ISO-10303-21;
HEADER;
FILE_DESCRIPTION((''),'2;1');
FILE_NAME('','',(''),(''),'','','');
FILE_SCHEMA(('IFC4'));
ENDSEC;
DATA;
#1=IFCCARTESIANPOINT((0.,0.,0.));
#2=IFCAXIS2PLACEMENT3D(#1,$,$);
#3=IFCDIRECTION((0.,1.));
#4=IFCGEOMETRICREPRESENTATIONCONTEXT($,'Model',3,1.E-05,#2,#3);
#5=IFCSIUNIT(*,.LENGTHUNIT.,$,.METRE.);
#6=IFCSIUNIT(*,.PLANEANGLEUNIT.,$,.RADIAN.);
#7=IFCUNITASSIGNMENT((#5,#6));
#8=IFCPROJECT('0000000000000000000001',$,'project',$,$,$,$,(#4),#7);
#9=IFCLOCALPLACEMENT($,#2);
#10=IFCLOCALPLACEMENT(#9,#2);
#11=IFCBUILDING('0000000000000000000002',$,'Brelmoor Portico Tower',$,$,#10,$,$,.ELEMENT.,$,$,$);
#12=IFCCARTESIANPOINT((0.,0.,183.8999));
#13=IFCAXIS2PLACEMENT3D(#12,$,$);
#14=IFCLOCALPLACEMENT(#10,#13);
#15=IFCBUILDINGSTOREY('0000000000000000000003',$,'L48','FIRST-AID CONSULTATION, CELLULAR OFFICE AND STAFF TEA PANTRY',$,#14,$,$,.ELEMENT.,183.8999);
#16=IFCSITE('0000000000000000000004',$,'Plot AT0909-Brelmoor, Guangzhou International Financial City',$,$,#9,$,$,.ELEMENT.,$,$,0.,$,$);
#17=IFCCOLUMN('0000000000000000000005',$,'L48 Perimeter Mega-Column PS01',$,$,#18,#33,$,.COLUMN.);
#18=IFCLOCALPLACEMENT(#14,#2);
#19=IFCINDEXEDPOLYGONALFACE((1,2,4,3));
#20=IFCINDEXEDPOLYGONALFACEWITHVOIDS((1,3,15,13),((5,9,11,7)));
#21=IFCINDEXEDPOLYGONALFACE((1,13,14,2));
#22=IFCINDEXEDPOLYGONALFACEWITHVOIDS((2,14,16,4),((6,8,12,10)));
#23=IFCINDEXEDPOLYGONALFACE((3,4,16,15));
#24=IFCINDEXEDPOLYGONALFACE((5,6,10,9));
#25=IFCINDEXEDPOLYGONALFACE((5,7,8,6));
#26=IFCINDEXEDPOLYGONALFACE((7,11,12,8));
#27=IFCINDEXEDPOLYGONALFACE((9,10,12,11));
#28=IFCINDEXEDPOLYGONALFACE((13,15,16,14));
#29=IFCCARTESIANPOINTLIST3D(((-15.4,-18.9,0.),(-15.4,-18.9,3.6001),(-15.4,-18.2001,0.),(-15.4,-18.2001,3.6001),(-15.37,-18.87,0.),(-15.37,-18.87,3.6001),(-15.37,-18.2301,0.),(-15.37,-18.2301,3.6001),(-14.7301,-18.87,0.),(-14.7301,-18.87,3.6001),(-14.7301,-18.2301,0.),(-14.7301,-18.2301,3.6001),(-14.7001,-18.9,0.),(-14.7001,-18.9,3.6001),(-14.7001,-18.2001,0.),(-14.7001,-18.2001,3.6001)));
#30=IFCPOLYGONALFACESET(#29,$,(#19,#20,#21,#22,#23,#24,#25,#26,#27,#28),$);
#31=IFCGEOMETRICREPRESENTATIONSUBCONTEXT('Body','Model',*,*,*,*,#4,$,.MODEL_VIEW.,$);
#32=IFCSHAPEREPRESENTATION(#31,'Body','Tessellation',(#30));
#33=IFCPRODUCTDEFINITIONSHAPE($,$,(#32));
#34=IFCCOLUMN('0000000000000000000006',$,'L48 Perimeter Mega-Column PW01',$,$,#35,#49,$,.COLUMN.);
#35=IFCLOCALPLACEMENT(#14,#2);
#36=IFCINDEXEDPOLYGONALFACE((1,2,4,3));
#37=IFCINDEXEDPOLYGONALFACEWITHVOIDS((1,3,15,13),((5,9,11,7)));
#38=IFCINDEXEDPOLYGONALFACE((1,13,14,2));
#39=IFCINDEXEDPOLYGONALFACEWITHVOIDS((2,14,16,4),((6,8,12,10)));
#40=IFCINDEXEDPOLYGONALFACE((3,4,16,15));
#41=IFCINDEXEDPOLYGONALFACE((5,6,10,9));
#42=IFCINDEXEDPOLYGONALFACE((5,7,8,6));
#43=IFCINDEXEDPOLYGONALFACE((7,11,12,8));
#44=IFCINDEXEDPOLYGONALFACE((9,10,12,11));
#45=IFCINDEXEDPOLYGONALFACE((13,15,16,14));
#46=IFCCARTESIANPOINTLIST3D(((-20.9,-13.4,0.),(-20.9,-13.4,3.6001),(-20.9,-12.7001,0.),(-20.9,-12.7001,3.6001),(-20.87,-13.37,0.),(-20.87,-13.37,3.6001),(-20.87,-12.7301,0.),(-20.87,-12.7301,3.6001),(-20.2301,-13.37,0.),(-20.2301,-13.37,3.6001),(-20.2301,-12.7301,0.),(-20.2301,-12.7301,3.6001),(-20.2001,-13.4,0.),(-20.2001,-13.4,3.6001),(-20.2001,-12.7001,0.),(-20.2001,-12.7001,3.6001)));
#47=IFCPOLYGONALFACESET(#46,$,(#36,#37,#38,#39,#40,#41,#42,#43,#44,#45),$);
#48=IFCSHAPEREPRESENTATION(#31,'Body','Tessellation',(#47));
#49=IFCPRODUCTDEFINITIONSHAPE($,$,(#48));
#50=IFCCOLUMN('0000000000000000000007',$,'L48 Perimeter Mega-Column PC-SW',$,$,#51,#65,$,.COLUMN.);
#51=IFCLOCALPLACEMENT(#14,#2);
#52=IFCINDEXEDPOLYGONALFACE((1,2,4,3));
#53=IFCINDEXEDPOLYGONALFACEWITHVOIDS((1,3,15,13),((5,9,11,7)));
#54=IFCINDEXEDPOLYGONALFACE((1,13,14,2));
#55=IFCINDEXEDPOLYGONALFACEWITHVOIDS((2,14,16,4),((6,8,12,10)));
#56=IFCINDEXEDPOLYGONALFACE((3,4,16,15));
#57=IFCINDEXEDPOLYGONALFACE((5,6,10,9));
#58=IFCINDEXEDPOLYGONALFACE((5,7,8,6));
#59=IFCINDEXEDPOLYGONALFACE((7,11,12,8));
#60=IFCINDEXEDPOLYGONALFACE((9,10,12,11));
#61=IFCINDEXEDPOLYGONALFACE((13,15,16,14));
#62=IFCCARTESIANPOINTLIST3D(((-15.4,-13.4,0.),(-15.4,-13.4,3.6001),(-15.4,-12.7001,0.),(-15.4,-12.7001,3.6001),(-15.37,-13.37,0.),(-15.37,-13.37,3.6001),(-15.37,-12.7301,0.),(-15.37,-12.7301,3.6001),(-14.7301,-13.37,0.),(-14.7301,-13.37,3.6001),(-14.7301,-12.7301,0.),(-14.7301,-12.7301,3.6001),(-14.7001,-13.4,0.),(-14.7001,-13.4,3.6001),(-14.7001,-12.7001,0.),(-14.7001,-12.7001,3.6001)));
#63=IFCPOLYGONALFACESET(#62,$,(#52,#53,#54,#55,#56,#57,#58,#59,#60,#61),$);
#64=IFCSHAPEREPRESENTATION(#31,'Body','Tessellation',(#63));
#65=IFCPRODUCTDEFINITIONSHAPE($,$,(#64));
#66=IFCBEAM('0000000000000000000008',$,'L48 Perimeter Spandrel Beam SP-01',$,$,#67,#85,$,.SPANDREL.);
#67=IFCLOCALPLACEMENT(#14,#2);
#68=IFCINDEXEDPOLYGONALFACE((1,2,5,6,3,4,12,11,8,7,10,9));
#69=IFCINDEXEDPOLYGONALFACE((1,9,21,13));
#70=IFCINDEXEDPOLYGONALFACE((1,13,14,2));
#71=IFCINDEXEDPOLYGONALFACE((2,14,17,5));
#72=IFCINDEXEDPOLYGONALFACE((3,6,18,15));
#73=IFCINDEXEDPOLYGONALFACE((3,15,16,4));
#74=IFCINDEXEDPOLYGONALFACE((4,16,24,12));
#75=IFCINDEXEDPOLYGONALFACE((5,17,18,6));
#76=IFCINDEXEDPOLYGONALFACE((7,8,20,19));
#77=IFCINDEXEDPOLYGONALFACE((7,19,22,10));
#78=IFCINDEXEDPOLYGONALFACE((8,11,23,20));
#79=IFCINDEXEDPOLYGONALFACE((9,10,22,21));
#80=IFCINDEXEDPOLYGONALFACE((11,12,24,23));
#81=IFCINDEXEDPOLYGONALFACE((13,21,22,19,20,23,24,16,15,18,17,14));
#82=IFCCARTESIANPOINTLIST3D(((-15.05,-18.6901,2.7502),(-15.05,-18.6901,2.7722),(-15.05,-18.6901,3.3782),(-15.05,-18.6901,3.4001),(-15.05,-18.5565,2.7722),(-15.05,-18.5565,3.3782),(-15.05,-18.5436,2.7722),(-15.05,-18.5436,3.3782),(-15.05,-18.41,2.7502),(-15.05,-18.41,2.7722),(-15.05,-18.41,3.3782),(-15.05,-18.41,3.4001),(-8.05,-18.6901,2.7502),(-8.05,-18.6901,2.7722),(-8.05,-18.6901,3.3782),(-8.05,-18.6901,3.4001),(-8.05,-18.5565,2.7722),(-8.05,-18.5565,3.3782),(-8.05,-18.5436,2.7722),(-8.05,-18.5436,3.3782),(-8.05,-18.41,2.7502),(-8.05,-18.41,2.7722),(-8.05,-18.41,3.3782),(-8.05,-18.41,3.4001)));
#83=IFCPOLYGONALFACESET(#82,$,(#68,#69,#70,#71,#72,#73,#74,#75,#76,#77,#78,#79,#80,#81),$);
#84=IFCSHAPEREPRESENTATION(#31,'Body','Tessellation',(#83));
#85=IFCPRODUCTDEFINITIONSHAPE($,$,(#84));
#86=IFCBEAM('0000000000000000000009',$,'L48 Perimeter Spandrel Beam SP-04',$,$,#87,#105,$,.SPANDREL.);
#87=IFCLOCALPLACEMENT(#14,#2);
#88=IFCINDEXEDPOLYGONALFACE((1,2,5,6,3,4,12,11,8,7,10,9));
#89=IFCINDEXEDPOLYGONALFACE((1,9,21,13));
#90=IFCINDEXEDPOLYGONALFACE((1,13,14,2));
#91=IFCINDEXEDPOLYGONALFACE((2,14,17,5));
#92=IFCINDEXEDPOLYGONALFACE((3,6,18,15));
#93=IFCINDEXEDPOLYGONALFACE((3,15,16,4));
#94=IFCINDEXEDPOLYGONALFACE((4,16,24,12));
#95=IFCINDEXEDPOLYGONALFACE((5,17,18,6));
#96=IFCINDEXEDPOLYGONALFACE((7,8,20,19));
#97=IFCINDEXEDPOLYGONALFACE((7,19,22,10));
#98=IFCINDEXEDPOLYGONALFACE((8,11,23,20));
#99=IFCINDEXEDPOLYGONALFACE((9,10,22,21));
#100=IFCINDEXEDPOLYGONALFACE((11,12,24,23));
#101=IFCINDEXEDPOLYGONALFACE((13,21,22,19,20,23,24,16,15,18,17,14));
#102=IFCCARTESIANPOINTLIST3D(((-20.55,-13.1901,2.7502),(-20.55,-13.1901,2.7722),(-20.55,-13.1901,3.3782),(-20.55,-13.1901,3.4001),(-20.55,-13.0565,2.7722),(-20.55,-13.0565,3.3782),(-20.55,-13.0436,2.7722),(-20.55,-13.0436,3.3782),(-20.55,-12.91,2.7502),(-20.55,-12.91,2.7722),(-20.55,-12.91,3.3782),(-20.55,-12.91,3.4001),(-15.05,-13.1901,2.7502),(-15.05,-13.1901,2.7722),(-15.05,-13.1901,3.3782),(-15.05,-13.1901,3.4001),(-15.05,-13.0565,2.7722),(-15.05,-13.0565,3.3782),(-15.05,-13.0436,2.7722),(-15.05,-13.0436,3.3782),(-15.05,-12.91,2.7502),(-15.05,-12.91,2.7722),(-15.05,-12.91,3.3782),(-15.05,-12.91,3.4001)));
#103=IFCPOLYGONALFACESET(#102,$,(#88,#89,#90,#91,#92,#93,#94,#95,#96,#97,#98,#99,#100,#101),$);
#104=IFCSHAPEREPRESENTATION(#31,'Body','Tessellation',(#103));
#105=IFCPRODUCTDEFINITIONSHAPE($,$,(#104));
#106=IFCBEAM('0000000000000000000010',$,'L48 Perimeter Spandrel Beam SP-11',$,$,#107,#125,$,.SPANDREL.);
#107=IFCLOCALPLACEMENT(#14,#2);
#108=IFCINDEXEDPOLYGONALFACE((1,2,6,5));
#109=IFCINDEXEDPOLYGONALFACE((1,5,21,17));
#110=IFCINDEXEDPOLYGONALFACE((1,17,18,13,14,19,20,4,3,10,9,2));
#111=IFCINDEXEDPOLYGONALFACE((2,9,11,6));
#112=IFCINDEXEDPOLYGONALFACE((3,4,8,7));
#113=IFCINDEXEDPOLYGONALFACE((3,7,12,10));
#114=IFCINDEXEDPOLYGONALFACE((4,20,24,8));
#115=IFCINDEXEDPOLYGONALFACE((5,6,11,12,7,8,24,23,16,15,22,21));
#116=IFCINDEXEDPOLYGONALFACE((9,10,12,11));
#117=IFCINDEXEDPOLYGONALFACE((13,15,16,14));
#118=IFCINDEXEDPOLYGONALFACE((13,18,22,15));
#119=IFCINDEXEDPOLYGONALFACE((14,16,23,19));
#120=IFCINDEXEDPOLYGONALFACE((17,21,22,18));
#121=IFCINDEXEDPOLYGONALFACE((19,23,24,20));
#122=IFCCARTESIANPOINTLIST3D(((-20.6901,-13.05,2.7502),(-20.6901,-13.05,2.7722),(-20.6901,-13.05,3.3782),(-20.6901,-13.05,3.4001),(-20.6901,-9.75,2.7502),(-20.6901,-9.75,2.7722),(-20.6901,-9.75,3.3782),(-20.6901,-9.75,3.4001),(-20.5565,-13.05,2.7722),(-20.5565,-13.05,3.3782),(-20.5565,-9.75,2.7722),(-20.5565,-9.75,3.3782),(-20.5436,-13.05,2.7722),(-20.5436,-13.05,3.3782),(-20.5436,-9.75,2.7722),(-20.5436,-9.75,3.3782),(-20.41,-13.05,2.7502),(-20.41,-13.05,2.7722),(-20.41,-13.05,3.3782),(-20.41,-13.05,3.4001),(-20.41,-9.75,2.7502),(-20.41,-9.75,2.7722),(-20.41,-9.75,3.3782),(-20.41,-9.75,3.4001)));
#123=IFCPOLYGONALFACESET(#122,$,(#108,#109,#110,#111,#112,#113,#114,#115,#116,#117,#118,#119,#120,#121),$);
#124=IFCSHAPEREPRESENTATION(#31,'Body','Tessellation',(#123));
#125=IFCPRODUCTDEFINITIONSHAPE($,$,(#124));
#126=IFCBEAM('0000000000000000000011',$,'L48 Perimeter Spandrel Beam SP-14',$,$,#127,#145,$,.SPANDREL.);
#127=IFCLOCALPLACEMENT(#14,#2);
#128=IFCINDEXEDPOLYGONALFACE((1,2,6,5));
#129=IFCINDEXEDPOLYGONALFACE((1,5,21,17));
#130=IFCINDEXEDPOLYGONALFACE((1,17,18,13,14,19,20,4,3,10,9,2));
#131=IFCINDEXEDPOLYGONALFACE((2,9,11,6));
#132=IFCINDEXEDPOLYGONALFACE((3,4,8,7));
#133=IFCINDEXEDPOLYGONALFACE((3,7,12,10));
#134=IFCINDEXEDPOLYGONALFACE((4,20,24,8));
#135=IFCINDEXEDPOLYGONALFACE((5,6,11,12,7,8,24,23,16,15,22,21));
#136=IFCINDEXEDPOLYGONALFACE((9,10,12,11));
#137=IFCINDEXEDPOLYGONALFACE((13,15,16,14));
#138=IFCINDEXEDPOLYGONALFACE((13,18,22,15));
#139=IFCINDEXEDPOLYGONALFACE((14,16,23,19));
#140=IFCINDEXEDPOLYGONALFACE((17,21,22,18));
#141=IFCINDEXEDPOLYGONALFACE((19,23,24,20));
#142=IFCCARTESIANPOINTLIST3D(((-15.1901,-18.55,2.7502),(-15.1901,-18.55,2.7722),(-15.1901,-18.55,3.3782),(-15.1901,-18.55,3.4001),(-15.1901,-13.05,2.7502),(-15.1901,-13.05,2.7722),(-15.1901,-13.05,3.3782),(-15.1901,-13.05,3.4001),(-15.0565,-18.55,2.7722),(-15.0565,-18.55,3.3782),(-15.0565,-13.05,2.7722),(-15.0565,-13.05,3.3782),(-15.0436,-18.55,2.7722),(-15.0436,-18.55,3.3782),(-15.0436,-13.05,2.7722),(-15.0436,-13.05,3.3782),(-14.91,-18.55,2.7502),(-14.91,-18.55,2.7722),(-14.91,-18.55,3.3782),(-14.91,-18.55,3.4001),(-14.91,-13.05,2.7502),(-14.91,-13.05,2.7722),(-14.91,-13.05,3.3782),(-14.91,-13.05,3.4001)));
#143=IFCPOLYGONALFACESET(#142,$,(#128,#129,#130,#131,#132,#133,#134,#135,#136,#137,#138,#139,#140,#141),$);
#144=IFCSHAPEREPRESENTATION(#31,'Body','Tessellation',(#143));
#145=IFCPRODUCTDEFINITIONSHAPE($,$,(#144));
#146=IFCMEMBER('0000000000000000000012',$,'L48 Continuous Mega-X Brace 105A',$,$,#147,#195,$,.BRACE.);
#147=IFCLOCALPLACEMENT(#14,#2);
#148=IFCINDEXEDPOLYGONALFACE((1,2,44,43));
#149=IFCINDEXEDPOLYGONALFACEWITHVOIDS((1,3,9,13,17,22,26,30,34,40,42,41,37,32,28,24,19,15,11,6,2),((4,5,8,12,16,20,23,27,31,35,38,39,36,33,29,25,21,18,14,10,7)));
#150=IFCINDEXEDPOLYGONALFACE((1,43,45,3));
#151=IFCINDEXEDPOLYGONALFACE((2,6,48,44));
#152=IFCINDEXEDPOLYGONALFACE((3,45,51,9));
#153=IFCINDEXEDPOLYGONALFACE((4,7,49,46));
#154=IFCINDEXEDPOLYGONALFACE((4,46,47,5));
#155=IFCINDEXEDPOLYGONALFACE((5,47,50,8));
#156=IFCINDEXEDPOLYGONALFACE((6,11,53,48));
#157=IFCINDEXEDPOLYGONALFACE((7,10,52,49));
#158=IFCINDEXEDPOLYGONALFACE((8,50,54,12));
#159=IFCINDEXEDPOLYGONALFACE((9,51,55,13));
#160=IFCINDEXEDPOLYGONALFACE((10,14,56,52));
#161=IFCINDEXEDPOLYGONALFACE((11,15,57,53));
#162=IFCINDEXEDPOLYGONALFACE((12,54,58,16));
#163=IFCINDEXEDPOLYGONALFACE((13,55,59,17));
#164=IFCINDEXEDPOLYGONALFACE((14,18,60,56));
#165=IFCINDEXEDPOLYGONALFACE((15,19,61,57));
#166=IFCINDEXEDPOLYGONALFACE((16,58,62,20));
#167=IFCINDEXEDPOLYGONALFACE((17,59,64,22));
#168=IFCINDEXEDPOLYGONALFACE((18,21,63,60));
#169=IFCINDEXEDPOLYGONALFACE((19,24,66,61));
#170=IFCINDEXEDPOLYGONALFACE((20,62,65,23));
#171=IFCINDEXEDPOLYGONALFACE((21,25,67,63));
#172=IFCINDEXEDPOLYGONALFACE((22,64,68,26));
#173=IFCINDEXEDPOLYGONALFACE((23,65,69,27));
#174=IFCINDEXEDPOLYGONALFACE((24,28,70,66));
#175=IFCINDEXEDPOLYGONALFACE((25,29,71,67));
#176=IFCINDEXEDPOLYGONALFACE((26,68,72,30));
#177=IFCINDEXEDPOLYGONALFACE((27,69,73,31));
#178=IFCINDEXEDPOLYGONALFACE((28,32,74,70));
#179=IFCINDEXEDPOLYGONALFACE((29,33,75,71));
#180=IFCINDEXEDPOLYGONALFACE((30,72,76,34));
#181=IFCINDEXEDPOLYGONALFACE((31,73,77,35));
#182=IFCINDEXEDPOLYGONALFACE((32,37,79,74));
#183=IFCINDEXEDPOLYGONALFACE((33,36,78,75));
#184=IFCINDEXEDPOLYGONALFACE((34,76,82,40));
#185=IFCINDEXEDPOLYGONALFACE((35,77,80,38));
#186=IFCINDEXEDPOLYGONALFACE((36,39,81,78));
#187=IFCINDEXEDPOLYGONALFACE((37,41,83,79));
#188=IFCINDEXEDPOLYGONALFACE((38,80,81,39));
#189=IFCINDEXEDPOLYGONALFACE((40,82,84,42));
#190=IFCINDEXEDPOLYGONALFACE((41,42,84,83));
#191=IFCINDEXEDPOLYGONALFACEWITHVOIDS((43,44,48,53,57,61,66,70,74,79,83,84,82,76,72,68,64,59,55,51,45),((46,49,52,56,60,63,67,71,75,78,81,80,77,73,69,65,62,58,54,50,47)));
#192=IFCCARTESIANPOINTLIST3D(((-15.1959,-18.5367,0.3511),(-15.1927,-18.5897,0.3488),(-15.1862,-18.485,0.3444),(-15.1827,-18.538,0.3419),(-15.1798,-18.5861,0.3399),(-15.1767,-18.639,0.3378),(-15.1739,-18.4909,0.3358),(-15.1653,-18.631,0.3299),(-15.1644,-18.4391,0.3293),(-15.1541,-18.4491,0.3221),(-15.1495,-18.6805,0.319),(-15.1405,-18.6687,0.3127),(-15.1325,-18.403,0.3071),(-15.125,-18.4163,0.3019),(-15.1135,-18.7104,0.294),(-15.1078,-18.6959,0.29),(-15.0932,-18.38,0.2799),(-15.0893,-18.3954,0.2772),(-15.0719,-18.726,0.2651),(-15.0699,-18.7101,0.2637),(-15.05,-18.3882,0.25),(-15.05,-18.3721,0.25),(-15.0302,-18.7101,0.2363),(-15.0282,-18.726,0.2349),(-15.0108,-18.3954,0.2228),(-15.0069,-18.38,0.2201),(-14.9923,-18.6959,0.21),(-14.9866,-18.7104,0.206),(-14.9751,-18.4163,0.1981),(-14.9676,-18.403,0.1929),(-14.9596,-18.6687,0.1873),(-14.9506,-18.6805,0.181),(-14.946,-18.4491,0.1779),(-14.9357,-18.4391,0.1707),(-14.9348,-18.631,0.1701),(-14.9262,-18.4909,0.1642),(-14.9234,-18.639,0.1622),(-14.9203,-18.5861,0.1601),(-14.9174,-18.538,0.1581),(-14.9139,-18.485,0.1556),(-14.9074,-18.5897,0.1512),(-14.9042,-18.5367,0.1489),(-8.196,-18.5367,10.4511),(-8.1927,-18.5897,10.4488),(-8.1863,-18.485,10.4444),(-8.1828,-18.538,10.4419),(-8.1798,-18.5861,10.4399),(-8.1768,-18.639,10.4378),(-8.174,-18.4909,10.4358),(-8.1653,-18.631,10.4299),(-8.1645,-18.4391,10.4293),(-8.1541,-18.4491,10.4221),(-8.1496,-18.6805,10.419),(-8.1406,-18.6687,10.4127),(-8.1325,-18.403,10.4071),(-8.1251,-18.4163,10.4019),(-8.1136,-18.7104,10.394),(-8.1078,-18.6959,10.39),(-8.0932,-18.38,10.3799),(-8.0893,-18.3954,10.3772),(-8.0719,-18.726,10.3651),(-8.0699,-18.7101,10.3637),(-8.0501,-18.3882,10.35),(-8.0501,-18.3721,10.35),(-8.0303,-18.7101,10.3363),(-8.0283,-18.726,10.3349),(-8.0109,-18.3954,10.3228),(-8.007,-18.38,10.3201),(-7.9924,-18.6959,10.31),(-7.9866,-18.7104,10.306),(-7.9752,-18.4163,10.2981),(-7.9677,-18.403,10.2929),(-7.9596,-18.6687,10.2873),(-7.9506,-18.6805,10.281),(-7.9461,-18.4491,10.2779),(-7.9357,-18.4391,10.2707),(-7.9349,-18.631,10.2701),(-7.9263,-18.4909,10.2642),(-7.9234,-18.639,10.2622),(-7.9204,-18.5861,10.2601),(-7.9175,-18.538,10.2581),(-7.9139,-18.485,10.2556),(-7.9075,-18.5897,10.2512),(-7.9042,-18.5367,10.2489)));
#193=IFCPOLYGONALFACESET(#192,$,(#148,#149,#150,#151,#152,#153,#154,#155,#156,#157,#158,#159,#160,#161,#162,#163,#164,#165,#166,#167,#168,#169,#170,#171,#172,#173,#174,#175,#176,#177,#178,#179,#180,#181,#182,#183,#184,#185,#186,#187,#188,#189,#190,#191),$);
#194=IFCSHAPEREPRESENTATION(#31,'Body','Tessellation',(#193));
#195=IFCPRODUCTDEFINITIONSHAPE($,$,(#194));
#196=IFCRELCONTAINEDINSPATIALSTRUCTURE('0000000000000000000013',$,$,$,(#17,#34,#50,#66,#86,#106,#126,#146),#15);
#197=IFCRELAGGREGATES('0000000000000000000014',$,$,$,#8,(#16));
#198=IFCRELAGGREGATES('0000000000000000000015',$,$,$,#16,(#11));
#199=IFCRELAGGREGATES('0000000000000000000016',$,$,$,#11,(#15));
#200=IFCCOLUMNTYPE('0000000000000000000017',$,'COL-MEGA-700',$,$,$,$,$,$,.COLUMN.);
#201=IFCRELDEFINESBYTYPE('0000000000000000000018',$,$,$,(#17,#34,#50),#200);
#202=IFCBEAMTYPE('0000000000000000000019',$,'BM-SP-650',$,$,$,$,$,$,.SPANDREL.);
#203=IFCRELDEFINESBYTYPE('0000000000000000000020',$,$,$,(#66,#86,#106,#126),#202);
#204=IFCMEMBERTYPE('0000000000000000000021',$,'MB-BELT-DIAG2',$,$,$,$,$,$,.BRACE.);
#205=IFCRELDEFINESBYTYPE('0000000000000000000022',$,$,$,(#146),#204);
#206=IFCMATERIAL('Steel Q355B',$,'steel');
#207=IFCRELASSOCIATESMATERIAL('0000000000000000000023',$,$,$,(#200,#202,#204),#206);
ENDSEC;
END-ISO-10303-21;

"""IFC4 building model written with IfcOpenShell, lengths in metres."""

from ifc_helpers import new_model, si_unit, direction, frame, origin, origin_2d, place, context, subcontext, project, spatial, hollow_rectangle, hollow_circle, i_section, extrude, material, material_profile, profile_set, type_object, element, save


model = new_model("IFC4")

# Units and contexts
model_context = context("Model", 3, precision=1e-05, world=origin(), true_north=direction((0.0, 1.0)))
body_context = subcontext(model_context, "Body", "Model", "MODEL_VIEW")
ifc_project = project(units=[si_unit("LENGTHUNIT", "METRE"), si_unit("PLANEANGLEUNIT", "RADIAN")], contexts=[model_context])

# Site, building, storey
site_placement = place(None, origin())
site = spatial("IfcSite", under=ifc_project, at=site_placement, Name="Plot AT0909-Brelmoor, Guangzhou International Financial City", CompositionType="ELEMENT", RefElevation=0.0)
building_placement = place(site_placement, origin())
building = spatial("IfcBuilding", under=site, at=building_placement, Name="Brelmoor Portico Tower", CompositionType="ELEMENT")
storey_placement = place(building_placement, frame((0.0, 0.0, 183.8999)))
storey = spatial("IfcBuildingStorey", under=building, at=storey_placement, Name="L48", Description="FIRST-AID CONSULTATION, CELLULAR OFFICE AND STAFF TEA PANTRY", CompositionType="ELEMENT", Elevation=183.8999)

# Columns
ifc_material_1 = material(Name="Steel Q355B", Category="steel")
ifc_material_profile_1 = material_profile(ifc_material_1, hollow_rectangle(XDim=0.7, YDim=0.7, WallThickness=0.03, at=origin_2d()), Name="BOX 700x700x30")
ifc_profile_set_1 = profile_set([ifc_material_profile_1], Name="Steel Q355B")
column_type = type_object("IfcColumnType", Name="COL-MEGA-700", PredefinedType="COLUMN", material=ifc_profile_set_1)
for number, where, z_axis, x_axis, name in (
    (1, (-15.05, -18.55, 0.0), (0.0, 0.0, 1.0), (1.0, 0.0, 0.0), "L48 Perimeter Mega-Column PS01"),
    (2, (-20.55, -13.05, 0.0), (0.0, 0.0, 1.0), (0.0, 1.0, 0.0), "L48 Perimeter Mega-Column PW01"),
    (3, (-15.05, -13.05, 0.0), (0.0, 0.0, 1.0), (1.0, 0.0, 0.0), "L48 Perimeter Mega-Column PC-SW"),
):
    element("IfcColumn", number, at=place(storey_placement, frame(where, z_axis=z_axis, x_axis=x_axis)), inside=storey, type_object=column_type, Name=name, PredefinedType="COLUMN", context=body_context, shape_type="SweptSolid", body=[
        extrude(hollow_rectangle(XDim=0.7, YDim=0.7, WallThickness=0.03, at=origin_2d()), origin(), (0.0, 0.0, 1.0), 3.6001),
    ])

# Beams
ifc_material_profile_2 = material_profile(ifc_material_1, i_section(OverallWidth=0.28, OverallDepth=0.6499, WebThickness=0.0129, FlangeThickness=0.022, at=origin_2d()), Name="HN 650x280x13x22")
ifc_profile_set_2 = profile_set([ifc_material_profile_2], Name="Steel Q355B")
beam_type = type_object("IfcBeamType", Name="BM-SP-650", PredefinedType="SPANDREL", material=ifc_profile_set_2)
beam_1_placement = place(storey_placement, frame((-15.05, -18.55, 3.0752), z_axis=(1.0, 0.0, 0.0), x_axis=(0.0, 1.0, 0.0)))
element("IfcBeam", 4, at=beam_1_placement, inside=storey, type_object=beam_type, Name="L48 Perimeter Spandrel Beam SP-01", PredefinedType="SPANDREL", context=body_context, shape_type="SweptSolid", body=[
    extrude(i_section(OverallWidth=0.28, OverallDepth=0.6499, WebThickness=0.0129, FlangeThickness=0.022, at=origin_2d()), origin(), (0.0, 0.0, 1.0), 7.0),
])
beam_2_placement = place(storey_placement, frame((-20.55, -13.05, 3.0752), z_axis=(1.0, 0.0, 0.0), x_axis=(0.0, 1.0, 0.0)))
element("IfcBeam", 5, at=beam_2_placement, inside=storey, type_object=beam_type, Name="L48 Perimeter Spandrel Beam SP-04", PredefinedType="SPANDREL", context=body_context, shape_type="SweptSolid", body=[
    extrude(i_section(OverallWidth=0.28, OverallDepth=0.6499, WebThickness=0.0129, FlangeThickness=0.022, at=origin_2d()), origin(), (0.0, 0.0, 1.0), 5.5),
])
beam_3_placement = place(storey_placement, frame((-20.55, -13.05, 3.0752), z_axis=(0.0, 1.0, 0.0), x_axis=(-1.0, 0.0, 0.0)))
element("IfcBeam", 6, at=beam_3_placement, inside=storey, type_object=beam_type, Name="L48 Perimeter Spandrel Beam SP-11", PredefinedType="SPANDREL", context=body_context, shape_type="SweptSolid", body=[
    extrude(i_section(OverallWidth=0.28, OverallDepth=0.6499, WebThickness=0.0129, FlangeThickness=0.022, at=origin_2d()), origin(), (0.0, 0.0, 1.0), 3.3),
])
beam_4_placement = place(storey_placement, frame((-15.05, -18.55, 3.0752), z_axis=(0.0, 1.0, 0.0), x_axis=(-1.0, 0.0, 0.0)))
element("IfcBeam", 7, at=beam_4_placement, inside=storey, type_object=beam_type, Name="L48 Perimeter Spandrel Beam SP-14", PredefinedType="SPANDREL", context=body_context, shape_type="SweptSolid", body=[
    extrude(i_section(OverallWidth=0.28, OverallDepth=0.6499, WebThickness=0.0129, FlangeThickness=0.022, at=origin_2d()), origin(), (0.0, 0.0, 1.0), 5.5),
])

# Member
ifc_material_profile_3 = material_profile(ifc_material_1, hollow_circle(Radius=0.178, WallThickness=0.0161, at=origin_2d()), Name="CHS 356x16")
ifc_profile_set_3 = profile_set([ifc_material_profile_3], Name="Steel Q355B")
member_type_1 = type_object("IfcMemberType", Name="MB-BELT-DIAG2", PredefinedType="BRACE", material=ifc_profile_set_3)
member_1_placement = place(storey_placement, frame((-15.05, -18.55, 0.25), z_axis=(0.569629, 0.0, 0.821902), x_axis=(0.0, 1.0, 0.0)))
element("IfcMember", 8, at=member_1_placement, inside=storey, type_object=member_type_1, Name="L48 Continuous Mega-X Brace 105A", PredefinedType="BRACE", context=body_context, shape_type="SweptSolid", body=[
    extrude(hollow_circle(Radius=0.178, WallThickness=0.0161, at=origin_2d()), origin(), (0.0, 0.0, 1.0), 12.2886),
])

save(model, "model.ifc")
